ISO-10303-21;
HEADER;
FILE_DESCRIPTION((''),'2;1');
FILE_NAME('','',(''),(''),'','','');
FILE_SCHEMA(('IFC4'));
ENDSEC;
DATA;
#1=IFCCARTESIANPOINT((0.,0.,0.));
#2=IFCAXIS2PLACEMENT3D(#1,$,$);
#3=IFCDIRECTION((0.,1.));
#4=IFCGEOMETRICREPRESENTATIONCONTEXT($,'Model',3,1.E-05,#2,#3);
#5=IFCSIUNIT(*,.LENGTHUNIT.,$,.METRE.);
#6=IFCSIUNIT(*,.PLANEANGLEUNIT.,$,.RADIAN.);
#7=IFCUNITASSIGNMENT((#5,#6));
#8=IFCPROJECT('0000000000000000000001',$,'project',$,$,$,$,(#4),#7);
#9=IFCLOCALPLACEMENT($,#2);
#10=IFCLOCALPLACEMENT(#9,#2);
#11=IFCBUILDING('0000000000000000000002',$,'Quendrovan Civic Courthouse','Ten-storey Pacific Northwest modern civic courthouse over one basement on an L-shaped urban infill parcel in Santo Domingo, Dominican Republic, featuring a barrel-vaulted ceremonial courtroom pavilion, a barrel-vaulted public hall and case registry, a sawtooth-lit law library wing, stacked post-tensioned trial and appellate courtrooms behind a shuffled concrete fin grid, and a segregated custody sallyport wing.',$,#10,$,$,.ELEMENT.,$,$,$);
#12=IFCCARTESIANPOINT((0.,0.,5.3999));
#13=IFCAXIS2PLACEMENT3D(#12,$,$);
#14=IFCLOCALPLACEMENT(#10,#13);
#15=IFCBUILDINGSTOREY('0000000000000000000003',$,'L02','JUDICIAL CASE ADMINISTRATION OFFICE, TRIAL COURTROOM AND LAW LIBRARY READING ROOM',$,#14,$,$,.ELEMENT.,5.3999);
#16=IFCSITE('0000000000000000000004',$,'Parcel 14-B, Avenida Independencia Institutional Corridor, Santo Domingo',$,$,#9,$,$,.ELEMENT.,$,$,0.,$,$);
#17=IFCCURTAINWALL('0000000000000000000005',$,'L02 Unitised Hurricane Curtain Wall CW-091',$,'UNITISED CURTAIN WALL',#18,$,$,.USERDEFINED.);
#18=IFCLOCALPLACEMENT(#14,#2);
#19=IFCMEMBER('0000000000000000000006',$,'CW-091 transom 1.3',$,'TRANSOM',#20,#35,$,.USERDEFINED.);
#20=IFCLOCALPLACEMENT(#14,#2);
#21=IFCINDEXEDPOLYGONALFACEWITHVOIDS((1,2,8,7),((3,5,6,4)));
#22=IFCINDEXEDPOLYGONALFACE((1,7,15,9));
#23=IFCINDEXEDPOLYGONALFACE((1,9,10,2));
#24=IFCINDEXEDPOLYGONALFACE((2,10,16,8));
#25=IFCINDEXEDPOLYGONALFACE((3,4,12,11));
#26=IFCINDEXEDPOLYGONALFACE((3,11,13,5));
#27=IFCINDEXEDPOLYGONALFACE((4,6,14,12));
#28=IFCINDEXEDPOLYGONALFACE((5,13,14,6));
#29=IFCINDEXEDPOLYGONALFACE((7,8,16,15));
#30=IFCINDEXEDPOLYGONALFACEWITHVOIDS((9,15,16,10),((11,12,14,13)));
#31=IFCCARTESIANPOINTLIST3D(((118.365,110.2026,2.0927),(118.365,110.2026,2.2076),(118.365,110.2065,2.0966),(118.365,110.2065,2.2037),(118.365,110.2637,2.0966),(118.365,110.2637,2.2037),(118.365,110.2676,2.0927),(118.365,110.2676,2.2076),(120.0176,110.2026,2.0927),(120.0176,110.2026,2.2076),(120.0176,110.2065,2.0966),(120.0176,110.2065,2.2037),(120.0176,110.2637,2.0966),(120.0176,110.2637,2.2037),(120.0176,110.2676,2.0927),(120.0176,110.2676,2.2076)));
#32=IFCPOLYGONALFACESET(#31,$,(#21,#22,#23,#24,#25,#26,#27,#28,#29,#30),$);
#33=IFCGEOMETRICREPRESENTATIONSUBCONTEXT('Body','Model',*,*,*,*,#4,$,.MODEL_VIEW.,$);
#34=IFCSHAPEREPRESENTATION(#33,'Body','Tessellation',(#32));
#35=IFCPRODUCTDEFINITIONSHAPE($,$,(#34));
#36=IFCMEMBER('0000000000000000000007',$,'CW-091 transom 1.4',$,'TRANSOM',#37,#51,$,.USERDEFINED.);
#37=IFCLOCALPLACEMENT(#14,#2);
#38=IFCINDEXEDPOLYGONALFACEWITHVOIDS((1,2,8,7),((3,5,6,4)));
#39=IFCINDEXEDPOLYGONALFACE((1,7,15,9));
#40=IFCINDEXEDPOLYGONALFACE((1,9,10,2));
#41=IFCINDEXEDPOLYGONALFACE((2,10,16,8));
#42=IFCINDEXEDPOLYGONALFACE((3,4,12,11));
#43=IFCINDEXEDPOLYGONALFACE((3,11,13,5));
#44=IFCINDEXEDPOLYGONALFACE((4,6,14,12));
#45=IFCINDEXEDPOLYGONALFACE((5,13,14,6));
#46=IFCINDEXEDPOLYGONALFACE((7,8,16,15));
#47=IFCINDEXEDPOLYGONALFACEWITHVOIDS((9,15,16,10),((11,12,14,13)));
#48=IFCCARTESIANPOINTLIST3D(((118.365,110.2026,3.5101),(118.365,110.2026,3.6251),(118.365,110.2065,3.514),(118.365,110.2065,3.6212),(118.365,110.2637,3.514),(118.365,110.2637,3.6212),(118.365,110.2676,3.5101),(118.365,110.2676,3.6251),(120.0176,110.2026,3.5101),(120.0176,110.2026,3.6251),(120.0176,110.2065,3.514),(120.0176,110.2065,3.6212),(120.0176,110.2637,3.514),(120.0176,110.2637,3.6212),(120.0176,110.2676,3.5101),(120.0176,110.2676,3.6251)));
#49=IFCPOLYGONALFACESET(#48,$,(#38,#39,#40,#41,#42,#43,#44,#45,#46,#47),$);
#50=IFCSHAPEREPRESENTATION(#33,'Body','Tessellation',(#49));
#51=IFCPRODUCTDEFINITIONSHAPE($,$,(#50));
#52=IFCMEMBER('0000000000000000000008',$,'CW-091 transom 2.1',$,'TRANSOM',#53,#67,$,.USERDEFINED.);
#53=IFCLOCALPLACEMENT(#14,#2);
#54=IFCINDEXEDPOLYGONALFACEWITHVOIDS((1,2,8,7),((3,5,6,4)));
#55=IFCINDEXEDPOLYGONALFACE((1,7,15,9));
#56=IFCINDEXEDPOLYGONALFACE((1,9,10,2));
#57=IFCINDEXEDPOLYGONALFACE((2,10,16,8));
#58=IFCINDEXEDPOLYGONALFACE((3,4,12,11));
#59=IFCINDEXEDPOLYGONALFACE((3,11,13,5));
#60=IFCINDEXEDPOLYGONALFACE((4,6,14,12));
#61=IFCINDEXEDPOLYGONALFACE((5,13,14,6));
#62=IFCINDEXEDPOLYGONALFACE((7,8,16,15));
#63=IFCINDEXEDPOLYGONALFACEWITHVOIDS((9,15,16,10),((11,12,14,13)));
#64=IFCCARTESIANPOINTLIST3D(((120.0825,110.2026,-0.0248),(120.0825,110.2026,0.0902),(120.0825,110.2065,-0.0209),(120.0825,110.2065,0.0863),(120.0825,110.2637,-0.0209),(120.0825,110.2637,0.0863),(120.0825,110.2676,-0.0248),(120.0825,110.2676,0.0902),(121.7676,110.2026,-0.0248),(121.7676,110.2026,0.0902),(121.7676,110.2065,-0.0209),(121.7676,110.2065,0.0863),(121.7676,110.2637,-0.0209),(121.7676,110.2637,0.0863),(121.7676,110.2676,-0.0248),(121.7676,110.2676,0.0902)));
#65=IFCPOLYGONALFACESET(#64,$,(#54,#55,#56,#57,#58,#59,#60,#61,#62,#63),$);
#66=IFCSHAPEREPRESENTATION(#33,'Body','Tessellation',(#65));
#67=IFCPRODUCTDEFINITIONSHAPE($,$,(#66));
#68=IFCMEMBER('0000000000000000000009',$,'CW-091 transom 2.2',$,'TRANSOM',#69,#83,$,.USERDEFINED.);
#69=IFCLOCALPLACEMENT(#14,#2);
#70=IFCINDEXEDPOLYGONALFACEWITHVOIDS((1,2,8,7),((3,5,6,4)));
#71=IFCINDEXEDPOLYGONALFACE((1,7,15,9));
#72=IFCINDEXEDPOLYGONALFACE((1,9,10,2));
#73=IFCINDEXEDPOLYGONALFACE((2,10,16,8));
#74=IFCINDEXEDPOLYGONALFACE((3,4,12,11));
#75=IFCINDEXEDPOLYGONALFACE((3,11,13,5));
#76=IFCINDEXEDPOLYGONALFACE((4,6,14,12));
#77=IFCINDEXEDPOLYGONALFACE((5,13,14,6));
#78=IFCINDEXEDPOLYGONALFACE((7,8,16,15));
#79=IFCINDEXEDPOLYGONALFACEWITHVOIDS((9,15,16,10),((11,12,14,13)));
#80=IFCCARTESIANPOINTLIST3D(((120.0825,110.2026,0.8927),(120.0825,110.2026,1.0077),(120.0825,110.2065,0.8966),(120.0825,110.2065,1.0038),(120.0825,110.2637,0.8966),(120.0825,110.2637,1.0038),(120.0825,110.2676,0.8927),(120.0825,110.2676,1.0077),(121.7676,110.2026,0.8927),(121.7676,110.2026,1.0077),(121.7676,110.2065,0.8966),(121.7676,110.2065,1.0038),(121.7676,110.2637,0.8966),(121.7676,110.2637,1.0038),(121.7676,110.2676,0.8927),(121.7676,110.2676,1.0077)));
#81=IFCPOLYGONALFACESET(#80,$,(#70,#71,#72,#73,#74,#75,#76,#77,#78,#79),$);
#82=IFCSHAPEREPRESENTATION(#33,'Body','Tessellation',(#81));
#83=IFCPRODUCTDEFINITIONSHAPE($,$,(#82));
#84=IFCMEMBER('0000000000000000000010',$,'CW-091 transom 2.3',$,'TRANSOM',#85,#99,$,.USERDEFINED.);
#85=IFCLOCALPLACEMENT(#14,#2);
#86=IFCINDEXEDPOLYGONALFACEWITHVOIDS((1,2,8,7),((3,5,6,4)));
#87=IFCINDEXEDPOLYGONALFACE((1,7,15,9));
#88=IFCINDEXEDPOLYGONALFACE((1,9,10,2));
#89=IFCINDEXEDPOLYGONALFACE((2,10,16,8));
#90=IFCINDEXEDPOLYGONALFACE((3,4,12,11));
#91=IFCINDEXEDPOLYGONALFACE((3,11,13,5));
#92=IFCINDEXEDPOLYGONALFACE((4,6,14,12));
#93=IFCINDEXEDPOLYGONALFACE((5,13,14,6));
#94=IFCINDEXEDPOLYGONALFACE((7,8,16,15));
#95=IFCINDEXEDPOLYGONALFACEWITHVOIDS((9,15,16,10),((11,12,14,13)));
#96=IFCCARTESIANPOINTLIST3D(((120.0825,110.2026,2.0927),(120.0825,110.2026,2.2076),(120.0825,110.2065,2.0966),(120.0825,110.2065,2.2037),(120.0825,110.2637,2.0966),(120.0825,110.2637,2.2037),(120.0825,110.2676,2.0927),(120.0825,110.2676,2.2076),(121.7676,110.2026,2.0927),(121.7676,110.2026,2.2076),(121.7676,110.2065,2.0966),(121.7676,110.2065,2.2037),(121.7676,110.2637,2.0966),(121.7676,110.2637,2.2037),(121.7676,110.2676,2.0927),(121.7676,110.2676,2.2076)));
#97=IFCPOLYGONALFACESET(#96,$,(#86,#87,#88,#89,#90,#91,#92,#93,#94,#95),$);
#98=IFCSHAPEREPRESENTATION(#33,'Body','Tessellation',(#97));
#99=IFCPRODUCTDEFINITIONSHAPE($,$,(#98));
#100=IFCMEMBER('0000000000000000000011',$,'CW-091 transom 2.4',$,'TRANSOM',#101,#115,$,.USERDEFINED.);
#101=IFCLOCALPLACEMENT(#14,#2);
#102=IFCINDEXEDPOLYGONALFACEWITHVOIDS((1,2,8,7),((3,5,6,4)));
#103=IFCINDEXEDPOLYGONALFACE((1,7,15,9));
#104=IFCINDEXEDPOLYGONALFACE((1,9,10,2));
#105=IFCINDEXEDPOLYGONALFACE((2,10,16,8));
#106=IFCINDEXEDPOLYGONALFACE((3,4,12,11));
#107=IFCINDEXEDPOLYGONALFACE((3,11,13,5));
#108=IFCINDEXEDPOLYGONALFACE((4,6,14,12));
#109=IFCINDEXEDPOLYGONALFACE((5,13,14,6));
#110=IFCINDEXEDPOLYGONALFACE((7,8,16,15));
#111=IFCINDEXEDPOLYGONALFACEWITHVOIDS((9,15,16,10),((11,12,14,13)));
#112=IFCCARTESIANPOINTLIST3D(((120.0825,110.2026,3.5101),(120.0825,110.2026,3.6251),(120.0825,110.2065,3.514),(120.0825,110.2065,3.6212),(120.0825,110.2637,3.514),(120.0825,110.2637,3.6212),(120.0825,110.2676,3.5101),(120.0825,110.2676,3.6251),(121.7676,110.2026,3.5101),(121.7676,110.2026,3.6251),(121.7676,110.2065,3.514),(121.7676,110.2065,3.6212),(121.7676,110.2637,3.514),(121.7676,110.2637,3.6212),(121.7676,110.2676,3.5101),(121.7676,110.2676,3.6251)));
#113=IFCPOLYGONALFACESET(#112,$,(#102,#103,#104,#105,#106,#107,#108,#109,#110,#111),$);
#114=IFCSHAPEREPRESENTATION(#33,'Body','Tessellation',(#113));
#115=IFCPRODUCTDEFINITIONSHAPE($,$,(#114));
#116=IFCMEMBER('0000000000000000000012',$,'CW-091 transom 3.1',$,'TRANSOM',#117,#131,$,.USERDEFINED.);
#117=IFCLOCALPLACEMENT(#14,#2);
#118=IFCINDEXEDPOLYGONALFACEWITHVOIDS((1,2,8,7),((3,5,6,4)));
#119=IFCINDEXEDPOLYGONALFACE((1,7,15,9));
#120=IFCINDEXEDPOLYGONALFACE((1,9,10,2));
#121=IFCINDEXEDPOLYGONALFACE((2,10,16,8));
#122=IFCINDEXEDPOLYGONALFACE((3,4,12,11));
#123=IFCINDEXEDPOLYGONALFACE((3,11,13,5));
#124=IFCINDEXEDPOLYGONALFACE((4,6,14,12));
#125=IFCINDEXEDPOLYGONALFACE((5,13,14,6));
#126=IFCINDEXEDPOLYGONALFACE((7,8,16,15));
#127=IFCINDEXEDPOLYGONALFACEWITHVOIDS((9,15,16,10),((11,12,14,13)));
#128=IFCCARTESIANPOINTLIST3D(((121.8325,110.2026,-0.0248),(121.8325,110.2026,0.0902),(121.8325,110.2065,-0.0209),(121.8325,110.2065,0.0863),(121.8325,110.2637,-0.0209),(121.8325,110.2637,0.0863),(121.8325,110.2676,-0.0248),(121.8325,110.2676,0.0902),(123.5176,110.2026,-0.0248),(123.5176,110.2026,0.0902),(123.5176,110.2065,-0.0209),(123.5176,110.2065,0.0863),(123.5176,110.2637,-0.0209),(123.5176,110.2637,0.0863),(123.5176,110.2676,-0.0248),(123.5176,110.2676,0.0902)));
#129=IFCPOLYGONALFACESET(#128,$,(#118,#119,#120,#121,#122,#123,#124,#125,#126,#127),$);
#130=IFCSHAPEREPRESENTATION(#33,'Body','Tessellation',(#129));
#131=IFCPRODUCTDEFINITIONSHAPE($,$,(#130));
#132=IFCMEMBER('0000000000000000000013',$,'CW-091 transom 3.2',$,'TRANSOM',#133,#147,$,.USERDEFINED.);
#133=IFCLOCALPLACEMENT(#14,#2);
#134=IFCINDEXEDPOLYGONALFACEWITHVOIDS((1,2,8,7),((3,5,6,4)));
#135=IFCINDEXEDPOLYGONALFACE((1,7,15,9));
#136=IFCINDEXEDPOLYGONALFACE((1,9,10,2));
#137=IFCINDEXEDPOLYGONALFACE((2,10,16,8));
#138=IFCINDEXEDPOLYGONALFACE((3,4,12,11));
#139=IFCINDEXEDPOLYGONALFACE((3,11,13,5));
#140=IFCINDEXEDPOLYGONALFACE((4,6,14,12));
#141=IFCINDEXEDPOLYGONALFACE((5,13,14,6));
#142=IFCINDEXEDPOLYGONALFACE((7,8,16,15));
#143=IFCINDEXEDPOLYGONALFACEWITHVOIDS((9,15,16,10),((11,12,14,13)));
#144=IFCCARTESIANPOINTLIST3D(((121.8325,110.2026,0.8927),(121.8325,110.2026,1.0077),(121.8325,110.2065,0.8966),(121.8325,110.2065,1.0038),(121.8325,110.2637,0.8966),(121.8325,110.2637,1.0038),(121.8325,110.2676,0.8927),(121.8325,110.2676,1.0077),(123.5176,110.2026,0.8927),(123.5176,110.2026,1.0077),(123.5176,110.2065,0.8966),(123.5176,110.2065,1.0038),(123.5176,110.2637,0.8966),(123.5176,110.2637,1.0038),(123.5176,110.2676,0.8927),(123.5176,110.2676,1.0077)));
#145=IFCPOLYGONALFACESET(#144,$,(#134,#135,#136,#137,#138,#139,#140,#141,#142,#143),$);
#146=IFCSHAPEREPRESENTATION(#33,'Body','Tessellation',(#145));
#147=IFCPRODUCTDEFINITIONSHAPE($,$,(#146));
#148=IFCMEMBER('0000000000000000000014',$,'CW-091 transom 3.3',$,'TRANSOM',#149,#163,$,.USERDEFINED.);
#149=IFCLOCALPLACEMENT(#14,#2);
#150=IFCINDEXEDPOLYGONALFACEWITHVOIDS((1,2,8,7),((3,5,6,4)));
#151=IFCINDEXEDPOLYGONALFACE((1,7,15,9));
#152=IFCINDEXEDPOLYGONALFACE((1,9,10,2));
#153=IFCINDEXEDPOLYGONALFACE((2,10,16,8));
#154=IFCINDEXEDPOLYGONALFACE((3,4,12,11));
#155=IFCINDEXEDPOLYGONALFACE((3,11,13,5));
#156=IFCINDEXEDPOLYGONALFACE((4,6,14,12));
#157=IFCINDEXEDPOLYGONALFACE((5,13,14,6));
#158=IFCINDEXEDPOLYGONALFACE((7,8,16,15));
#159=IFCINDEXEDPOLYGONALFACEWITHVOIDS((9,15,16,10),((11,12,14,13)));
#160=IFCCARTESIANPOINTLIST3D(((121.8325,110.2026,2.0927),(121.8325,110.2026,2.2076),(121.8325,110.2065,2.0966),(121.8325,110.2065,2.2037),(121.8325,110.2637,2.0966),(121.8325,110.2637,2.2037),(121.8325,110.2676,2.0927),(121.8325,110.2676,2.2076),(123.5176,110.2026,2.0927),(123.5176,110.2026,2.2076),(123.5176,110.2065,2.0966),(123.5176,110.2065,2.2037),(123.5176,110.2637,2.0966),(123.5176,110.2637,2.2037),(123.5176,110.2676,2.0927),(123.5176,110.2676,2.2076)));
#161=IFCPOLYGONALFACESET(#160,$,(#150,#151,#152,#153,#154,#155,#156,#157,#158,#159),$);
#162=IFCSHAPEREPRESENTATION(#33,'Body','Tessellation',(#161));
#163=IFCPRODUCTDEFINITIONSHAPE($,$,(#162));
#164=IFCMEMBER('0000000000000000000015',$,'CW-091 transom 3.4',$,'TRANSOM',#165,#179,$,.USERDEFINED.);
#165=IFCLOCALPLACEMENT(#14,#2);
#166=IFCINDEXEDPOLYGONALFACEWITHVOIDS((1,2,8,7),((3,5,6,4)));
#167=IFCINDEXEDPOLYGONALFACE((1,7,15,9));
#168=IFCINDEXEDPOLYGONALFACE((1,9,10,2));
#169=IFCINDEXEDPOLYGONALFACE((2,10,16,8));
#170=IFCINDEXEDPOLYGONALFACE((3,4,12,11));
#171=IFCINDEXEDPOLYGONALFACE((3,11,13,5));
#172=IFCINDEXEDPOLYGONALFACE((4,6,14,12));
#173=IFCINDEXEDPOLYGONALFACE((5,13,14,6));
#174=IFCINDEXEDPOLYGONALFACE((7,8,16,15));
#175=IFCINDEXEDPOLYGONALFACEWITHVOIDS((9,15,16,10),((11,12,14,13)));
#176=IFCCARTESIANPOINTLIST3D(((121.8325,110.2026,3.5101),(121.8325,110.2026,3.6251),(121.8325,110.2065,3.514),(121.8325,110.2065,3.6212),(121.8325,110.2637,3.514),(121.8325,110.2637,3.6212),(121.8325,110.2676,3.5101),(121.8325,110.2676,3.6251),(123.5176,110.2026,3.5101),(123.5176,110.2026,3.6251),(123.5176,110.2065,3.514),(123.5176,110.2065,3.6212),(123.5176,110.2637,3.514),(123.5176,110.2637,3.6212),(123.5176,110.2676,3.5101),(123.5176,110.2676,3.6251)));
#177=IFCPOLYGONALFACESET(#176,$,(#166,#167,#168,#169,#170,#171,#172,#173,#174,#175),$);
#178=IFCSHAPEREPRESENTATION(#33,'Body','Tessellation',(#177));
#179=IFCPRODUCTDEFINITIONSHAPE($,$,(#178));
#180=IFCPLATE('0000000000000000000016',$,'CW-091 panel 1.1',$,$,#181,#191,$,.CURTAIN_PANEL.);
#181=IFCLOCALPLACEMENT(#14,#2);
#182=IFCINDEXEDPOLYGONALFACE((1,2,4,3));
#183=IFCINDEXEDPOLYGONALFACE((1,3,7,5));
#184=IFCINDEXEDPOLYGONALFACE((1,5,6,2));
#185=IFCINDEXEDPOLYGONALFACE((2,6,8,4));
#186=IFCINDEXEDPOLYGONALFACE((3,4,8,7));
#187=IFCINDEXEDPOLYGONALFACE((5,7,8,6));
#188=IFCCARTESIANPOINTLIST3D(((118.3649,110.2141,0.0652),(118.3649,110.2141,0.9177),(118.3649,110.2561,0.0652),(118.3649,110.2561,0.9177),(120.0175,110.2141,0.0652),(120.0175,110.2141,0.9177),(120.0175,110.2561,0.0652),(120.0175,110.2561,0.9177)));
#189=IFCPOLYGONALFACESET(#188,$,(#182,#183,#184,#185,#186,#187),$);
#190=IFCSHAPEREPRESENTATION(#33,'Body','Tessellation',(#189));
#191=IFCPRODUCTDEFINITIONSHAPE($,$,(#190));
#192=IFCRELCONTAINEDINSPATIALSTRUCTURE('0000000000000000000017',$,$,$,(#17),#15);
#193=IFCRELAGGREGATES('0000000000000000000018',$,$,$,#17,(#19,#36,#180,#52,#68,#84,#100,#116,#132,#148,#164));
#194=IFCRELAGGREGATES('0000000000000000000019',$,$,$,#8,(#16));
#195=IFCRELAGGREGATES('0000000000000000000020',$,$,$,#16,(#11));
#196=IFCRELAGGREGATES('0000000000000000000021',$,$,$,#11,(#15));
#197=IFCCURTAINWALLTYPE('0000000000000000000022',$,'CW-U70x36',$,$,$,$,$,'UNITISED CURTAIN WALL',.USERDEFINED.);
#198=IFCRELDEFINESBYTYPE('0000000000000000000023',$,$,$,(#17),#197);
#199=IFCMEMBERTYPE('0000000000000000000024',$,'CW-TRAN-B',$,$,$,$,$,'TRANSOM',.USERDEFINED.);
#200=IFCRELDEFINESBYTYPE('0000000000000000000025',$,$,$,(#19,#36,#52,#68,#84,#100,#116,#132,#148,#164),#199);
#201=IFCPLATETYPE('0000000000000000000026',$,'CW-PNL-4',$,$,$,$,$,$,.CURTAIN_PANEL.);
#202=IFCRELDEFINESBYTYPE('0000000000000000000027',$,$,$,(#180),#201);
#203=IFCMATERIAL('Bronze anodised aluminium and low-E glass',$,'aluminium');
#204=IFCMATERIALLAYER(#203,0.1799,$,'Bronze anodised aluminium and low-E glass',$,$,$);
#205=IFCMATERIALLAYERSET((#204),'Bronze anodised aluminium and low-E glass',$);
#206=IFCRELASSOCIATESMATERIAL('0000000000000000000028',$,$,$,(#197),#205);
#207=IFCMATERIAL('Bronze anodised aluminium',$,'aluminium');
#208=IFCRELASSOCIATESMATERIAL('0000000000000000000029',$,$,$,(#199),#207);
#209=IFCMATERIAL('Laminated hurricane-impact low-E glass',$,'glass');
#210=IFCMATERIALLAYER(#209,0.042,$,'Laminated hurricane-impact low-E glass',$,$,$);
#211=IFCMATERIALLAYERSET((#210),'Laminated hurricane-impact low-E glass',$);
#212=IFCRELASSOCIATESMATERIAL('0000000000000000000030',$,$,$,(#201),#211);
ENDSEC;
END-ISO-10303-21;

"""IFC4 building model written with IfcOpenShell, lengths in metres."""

from ifc_helpers import new_model, si_unit, direction, frame, origin, origin_2d, place, context, subcontext, project, spatial, rectangle, hollow_rectangle, extrude, material, layer, layer_set, material_profile, profile_set, type_object, element, aggregate, save


model = new_model("IFC4")

# Units and contexts
model_context = context("Model", 3, precision=1e-05, world=origin(), true_north=direction((0.0, 1.0)))
body_context = subcontext(model_context, "Body", "Model", "MODEL_VIEW")
ifc_project = project(units=[si_unit("LENGTHUNIT", "METRE"), si_unit("PLANEANGLEUNIT", "RADIAN")], contexts=[model_context])

# Site, building, storey
site_placement = place(None, origin())
site = spatial("IfcSite", under=ifc_project, at=site_placement, Name="Parcel 14-B, Avenida Independencia Institutional Corridor, Santo Domingo", CompositionType="ELEMENT", RefElevation=0.0)
building_placement = place(site_placement, origin())
building = spatial("IfcBuilding", under=site, at=building_placement, Name="Quendrovan Civic Courthouse", Description="Ten-storey Pacific Northwest modern civic courthouse over one basement on an L-shaped urban infill parcel in Santo Domingo, Dominican Republic, featuring a barrel-vaulted ceremonial courtroom pavilion, a barrel-vaulted public hall and case registry, a sawtooth-lit law library wing, stacked post-tensioned trial and appellate courtrooms behind a shuffled concrete fin grid, and a segregated custody sallyport wing.", CompositionType="ELEMENT")
storey_placement = place(building_placement, frame((0.0, 0.0, 5.3999)))
storey = spatial("IfcBuildingStorey", under=building, at=storey_placement, Name="L02", Description="JUDICIAL CASE ADMINISTRATION OFFICE, TRIAL COURTROOM AND LAW LIBRARY READING ROOM", CompositionType="ELEMENT", Elevation=5.3999)

# Curtain wall, members, plate
ifc_material_1 = material(Name="Bronze anodised aluminium and low-E glass", Category="aluminium")
ifc_layer_1 = layer(ifc_material_1, 0.1799, Name="Bronze anodised aluminium and low-E glass")
ifc_layer_set_1 = layer_set([ifc_layer_1], Name="Bronze anodised aluminium and low-E glass")
curtain_wall_type = type_object("IfcCurtainWallType", Name="CW-U70x36", ElementType="UNITISED CURTAIN WALL", PredefinedType="USERDEFINED", material=ifc_layer_set_1)
curtain_wall_placement = place(storey_placement, origin())
curtain_wall = element("IfcCurtainWall", 1, at=curtain_wall_placement, inside=storey, type_object=curtain_wall_type, Name="L02 Unitised Hurricane Curtain Wall CW-091", ObjectType="UNITISED CURTAIN WALL", PredefinedType="USERDEFINED")
ifc_material_2 = material(Name="Bronze anodised aluminium", Category="aluminium")
ifc_material_profile_1 = material_profile(ifc_material_2, hollow_rectangle(XDim=0.0649, YDim=0.115, WallThickness=0.0039, at=origin_2d()), Name="CW-TRAN-65x115")
ifc_profile_set_1 = profile_set([ifc_material_profile_1], Name="Bronze anodised aluminium")
member_type_1 = type_object("IfcMemberType", Name="CW-TRAN-B", ElementType="TRANSOM", PredefinedType="USERDEFINED", material=ifc_profile_set_1)
member_1_placement = place(storey_placement, frame((118.365, 110.2351, 2.1501), z_axis=(1.0, 0.0, 0.0), x_axis=(0.0, 1.0, 0.0)))
member_1 = element("IfcMember", 2, at=member_1_placement, type_object=member_type_1, Name="CW-091 transom 1.3", ObjectType="TRANSOM", PredefinedType="USERDEFINED", context=body_context, shape_type="SweptSolid", body=[
    extrude(hollow_rectangle(XDim=0.0649, YDim=0.115, WallThickness=0.0039, at=origin_2d()), origin(), (0.0, 0.0, 1.0), 1.6526),
])
member_2_placement = place(storey_placement, frame((118.365, 110.2351, 3.5676), z_axis=(1.0, 0.0, 0.0), x_axis=(0.0, 1.0, 0.0)))
member_2 = element("IfcMember", 3, at=member_2_placement, type_object=member_type_1, Name="CW-091 transom 1.4", ObjectType="TRANSOM", PredefinedType="USERDEFINED", context=body_context, shape_type="SweptSolid", body=[
    extrude(hollow_rectangle(XDim=0.0649, YDim=0.115, WallThickness=0.0039, at=origin_2d()), origin(), (0.0, 0.0, 1.0), 1.6526),
])
member_3_placement = place(storey_placement, frame((120.0825, 110.2351, 0.0327), z_axis=(1.0, 0.0, 0.0), x_axis=(0.0, 1.0, 0.0)))
member_3 = element("IfcMember", 4, at=member_3_placement, type_object=member_type_1, Name="CW-091 transom 2.1", ObjectType="TRANSOM", PredefinedType="USERDEFINED", context=body_context, shape_type="SweptSolid", body=[
    extrude(hollow_rectangle(XDim=0.0649, YDim=0.115, WallThickness=0.0039, at=origin_2d()), origin(), (0.0, 0.0, 1.0), 1.6851),
])
member_4_placement = place(storey_placement, frame((120.0825, 110.2351, 0.9502), z_axis=(1.0, 0.0, 0.0), x_axis=(0.0, 1.0, 0.0)))
member_4 = element("IfcMember", 5, at=member_4_placement, type_object=member_type_1, Name="CW-091 transom 2.2", ObjectType="TRANSOM", PredefinedType="USERDEFINED", context=body_context, shape_type="SweptSolid", body=[
    extrude(hollow_rectangle(XDim=0.0649, YDim=0.115, WallThickness=0.0039, at=origin_2d()), origin(), (0.0, 0.0, 1.0), 1.6851),
])
member_5_placement = place(storey_placement, frame((120.0825, 110.2351, 2.1501), z_axis=(1.0, 0.0, 0.0), x_axis=(0.0, 1.0, 0.0)))
member_5 = element("IfcMember", 6, at=member_5_placement, type_object=member_type_1, Name="CW-091 transom 2.3", ObjectType="TRANSOM", PredefinedType="USERDEFINED", context=body_context, shape_type="SweptSolid", body=[
    extrude(hollow_rectangle(XDim=0.0649, YDim=0.115, WallThickness=0.0039, at=origin_2d()), origin(), (0.0, 0.0, 1.0), 1.6851),
])
member_6_placement = place(storey_placement, frame((120.0825, 110.2351, 3.5676), z_axis=(1.0, 0.0, 0.0), x_axis=(0.0, 1.0, 0.0)))
member_6 = element("IfcMember", 7, at=member_6_placement, type_object=member_type_1, Name="CW-091 transom 2.4", ObjectType="TRANSOM", PredefinedType="USERDEFINED", context=body_context, shape_type="SweptSolid", body=[
    extrude(hollow_rectangle(XDim=0.0649, YDim=0.115, WallThickness=0.0039, at=origin_2d()), origin(), (0.0, 0.0, 1.0), 1.6851),
])
member_7_placement = place(storey_placement, frame((121.8325, 110.2351, 0.0327), z_axis=(1.0, 0.0, 0.0), x_axis=(0.0, 1.0, 0.0)))
member_7 = element("IfcMember", 8, at=member_7_placement, type_object=member_type_1, Name="CW-091 transom 3.1", ObjectType="TRANSOM", PredefinedType="USERDEFINED", context=body_context, shape_type="SweptSolid", body=[
    extrude(hollow_rectangle(XDim=0.0649, YDim=0.115, WallThickness=0.0039, at=origin_2d()), origin(), (0.0, 0.0, 1.0), 1.6851),
])
member_8_placement = place(storey_placement, frame((121.8325, 110.2351, 0.9502), z_axis=(1.0, 0.0, 0.0), x_axis=(0.0, 1.0, 0.0)))
member_8 = element("IfcMember", 9, at=member_8_placement, type_object=member_type_1, Name="CW-091 transom 3.2", ObjectType="TRANSOM", PredefinedType="USERDEFINED", context=body_context, shape_type="SweptSolid", body=[
    extrude(hollow_rectangle(XDim=0.0649, YDim=0.115, WallThickness=0.0039, at=origin_2d()), origin(), (0.0, 0.0, 1.0), 1.6851),
])
member_9_placement = place(storey_placement, frame((121.8325, 110.2351, 2.1501), z_axis=(1.0, 0.0, 0.0), x_axis=(0.0, 1.0, 0.0)))
member_9 = element("IfcMember", 10, at=member_9_placement, type_object=member_type_1, Name="CW-091 transom 3.3", ObjectType="TRANSOM", PredefinedType="USERDEFINED", context=body_context, shape_type="SweptSolid", body=[
    extrude(hollow_rectangle(XDim=0.0649, YDim=0.115, WallThickness=0.0039, at=origin_2d()), origin(), (0.0, 0.0, 1.0), 1.6851),
])
member_10_placement = place(storey_placement, frame((121.8325, 110.2351, 3.5676), z_axis=(1.0, 0.0, 0.0), x_axis=(0.0, 1.0, 0.0)))
member_10 = element("IfcMember", 11, at=member_10_placement, type_object=member_type_1, Name="CW-091 transom 3.4", ObjectType="TRANSOM", PredefinedType="USERDEFINED", context=body_context, shape_type="SweptSolid", body=[
    extrude(hollow_rectangle(XDim=0.0649, YDim=0.115, WallThickness=0.0039, at=origin_2d()), origin(), (0.0, 0.0, 1.0), 1.6851),
])
ifc_material_3 = material(Name="Laminated hurricane-impact low-E glass", Category="glass")
ifc_layer_2 = layer(ifc_material_3, 0.042, Name="Laminated hurricane-impact low-E glass")
ifc_layer_set_2 = layer_set([ifc_layer_2], Name="Laminated hurricane-impact low-E glass")
plate_type = type_object("IfcPlateType", Name="CW-PNL-4", PredefinedType="CURTAIN_PANEL", material=ifc_layer_set_2)
plate_1_placement = place(storey_placement, frame((119.1912, 110.2351, 0.0652), z_axis=(0.0, 0.0, 1.0), x_axis=(1.0, 0.0, 0.0)))
plate_1 = element("IfcPlate", 12, at=plate_1_placement, type_object=plate_type, Name="CW-091 panel 1.1", PredefinedType="CURTAIN_PANEL", context=body_context, shape_type="SweptSolid", body=[
    extrude(rectangle(XDim=1.6526, YDim=0.042, at=origin_2d()), origin(), (0.0, 0.0, 1.0), 0.8525),
])
aggregate(curtain_wall, [member_1, member_2, plate_1, member_3, member_4, member_5, member_6, member_7, member_8, member_9, member_10])

save(model, "model.ifc")
